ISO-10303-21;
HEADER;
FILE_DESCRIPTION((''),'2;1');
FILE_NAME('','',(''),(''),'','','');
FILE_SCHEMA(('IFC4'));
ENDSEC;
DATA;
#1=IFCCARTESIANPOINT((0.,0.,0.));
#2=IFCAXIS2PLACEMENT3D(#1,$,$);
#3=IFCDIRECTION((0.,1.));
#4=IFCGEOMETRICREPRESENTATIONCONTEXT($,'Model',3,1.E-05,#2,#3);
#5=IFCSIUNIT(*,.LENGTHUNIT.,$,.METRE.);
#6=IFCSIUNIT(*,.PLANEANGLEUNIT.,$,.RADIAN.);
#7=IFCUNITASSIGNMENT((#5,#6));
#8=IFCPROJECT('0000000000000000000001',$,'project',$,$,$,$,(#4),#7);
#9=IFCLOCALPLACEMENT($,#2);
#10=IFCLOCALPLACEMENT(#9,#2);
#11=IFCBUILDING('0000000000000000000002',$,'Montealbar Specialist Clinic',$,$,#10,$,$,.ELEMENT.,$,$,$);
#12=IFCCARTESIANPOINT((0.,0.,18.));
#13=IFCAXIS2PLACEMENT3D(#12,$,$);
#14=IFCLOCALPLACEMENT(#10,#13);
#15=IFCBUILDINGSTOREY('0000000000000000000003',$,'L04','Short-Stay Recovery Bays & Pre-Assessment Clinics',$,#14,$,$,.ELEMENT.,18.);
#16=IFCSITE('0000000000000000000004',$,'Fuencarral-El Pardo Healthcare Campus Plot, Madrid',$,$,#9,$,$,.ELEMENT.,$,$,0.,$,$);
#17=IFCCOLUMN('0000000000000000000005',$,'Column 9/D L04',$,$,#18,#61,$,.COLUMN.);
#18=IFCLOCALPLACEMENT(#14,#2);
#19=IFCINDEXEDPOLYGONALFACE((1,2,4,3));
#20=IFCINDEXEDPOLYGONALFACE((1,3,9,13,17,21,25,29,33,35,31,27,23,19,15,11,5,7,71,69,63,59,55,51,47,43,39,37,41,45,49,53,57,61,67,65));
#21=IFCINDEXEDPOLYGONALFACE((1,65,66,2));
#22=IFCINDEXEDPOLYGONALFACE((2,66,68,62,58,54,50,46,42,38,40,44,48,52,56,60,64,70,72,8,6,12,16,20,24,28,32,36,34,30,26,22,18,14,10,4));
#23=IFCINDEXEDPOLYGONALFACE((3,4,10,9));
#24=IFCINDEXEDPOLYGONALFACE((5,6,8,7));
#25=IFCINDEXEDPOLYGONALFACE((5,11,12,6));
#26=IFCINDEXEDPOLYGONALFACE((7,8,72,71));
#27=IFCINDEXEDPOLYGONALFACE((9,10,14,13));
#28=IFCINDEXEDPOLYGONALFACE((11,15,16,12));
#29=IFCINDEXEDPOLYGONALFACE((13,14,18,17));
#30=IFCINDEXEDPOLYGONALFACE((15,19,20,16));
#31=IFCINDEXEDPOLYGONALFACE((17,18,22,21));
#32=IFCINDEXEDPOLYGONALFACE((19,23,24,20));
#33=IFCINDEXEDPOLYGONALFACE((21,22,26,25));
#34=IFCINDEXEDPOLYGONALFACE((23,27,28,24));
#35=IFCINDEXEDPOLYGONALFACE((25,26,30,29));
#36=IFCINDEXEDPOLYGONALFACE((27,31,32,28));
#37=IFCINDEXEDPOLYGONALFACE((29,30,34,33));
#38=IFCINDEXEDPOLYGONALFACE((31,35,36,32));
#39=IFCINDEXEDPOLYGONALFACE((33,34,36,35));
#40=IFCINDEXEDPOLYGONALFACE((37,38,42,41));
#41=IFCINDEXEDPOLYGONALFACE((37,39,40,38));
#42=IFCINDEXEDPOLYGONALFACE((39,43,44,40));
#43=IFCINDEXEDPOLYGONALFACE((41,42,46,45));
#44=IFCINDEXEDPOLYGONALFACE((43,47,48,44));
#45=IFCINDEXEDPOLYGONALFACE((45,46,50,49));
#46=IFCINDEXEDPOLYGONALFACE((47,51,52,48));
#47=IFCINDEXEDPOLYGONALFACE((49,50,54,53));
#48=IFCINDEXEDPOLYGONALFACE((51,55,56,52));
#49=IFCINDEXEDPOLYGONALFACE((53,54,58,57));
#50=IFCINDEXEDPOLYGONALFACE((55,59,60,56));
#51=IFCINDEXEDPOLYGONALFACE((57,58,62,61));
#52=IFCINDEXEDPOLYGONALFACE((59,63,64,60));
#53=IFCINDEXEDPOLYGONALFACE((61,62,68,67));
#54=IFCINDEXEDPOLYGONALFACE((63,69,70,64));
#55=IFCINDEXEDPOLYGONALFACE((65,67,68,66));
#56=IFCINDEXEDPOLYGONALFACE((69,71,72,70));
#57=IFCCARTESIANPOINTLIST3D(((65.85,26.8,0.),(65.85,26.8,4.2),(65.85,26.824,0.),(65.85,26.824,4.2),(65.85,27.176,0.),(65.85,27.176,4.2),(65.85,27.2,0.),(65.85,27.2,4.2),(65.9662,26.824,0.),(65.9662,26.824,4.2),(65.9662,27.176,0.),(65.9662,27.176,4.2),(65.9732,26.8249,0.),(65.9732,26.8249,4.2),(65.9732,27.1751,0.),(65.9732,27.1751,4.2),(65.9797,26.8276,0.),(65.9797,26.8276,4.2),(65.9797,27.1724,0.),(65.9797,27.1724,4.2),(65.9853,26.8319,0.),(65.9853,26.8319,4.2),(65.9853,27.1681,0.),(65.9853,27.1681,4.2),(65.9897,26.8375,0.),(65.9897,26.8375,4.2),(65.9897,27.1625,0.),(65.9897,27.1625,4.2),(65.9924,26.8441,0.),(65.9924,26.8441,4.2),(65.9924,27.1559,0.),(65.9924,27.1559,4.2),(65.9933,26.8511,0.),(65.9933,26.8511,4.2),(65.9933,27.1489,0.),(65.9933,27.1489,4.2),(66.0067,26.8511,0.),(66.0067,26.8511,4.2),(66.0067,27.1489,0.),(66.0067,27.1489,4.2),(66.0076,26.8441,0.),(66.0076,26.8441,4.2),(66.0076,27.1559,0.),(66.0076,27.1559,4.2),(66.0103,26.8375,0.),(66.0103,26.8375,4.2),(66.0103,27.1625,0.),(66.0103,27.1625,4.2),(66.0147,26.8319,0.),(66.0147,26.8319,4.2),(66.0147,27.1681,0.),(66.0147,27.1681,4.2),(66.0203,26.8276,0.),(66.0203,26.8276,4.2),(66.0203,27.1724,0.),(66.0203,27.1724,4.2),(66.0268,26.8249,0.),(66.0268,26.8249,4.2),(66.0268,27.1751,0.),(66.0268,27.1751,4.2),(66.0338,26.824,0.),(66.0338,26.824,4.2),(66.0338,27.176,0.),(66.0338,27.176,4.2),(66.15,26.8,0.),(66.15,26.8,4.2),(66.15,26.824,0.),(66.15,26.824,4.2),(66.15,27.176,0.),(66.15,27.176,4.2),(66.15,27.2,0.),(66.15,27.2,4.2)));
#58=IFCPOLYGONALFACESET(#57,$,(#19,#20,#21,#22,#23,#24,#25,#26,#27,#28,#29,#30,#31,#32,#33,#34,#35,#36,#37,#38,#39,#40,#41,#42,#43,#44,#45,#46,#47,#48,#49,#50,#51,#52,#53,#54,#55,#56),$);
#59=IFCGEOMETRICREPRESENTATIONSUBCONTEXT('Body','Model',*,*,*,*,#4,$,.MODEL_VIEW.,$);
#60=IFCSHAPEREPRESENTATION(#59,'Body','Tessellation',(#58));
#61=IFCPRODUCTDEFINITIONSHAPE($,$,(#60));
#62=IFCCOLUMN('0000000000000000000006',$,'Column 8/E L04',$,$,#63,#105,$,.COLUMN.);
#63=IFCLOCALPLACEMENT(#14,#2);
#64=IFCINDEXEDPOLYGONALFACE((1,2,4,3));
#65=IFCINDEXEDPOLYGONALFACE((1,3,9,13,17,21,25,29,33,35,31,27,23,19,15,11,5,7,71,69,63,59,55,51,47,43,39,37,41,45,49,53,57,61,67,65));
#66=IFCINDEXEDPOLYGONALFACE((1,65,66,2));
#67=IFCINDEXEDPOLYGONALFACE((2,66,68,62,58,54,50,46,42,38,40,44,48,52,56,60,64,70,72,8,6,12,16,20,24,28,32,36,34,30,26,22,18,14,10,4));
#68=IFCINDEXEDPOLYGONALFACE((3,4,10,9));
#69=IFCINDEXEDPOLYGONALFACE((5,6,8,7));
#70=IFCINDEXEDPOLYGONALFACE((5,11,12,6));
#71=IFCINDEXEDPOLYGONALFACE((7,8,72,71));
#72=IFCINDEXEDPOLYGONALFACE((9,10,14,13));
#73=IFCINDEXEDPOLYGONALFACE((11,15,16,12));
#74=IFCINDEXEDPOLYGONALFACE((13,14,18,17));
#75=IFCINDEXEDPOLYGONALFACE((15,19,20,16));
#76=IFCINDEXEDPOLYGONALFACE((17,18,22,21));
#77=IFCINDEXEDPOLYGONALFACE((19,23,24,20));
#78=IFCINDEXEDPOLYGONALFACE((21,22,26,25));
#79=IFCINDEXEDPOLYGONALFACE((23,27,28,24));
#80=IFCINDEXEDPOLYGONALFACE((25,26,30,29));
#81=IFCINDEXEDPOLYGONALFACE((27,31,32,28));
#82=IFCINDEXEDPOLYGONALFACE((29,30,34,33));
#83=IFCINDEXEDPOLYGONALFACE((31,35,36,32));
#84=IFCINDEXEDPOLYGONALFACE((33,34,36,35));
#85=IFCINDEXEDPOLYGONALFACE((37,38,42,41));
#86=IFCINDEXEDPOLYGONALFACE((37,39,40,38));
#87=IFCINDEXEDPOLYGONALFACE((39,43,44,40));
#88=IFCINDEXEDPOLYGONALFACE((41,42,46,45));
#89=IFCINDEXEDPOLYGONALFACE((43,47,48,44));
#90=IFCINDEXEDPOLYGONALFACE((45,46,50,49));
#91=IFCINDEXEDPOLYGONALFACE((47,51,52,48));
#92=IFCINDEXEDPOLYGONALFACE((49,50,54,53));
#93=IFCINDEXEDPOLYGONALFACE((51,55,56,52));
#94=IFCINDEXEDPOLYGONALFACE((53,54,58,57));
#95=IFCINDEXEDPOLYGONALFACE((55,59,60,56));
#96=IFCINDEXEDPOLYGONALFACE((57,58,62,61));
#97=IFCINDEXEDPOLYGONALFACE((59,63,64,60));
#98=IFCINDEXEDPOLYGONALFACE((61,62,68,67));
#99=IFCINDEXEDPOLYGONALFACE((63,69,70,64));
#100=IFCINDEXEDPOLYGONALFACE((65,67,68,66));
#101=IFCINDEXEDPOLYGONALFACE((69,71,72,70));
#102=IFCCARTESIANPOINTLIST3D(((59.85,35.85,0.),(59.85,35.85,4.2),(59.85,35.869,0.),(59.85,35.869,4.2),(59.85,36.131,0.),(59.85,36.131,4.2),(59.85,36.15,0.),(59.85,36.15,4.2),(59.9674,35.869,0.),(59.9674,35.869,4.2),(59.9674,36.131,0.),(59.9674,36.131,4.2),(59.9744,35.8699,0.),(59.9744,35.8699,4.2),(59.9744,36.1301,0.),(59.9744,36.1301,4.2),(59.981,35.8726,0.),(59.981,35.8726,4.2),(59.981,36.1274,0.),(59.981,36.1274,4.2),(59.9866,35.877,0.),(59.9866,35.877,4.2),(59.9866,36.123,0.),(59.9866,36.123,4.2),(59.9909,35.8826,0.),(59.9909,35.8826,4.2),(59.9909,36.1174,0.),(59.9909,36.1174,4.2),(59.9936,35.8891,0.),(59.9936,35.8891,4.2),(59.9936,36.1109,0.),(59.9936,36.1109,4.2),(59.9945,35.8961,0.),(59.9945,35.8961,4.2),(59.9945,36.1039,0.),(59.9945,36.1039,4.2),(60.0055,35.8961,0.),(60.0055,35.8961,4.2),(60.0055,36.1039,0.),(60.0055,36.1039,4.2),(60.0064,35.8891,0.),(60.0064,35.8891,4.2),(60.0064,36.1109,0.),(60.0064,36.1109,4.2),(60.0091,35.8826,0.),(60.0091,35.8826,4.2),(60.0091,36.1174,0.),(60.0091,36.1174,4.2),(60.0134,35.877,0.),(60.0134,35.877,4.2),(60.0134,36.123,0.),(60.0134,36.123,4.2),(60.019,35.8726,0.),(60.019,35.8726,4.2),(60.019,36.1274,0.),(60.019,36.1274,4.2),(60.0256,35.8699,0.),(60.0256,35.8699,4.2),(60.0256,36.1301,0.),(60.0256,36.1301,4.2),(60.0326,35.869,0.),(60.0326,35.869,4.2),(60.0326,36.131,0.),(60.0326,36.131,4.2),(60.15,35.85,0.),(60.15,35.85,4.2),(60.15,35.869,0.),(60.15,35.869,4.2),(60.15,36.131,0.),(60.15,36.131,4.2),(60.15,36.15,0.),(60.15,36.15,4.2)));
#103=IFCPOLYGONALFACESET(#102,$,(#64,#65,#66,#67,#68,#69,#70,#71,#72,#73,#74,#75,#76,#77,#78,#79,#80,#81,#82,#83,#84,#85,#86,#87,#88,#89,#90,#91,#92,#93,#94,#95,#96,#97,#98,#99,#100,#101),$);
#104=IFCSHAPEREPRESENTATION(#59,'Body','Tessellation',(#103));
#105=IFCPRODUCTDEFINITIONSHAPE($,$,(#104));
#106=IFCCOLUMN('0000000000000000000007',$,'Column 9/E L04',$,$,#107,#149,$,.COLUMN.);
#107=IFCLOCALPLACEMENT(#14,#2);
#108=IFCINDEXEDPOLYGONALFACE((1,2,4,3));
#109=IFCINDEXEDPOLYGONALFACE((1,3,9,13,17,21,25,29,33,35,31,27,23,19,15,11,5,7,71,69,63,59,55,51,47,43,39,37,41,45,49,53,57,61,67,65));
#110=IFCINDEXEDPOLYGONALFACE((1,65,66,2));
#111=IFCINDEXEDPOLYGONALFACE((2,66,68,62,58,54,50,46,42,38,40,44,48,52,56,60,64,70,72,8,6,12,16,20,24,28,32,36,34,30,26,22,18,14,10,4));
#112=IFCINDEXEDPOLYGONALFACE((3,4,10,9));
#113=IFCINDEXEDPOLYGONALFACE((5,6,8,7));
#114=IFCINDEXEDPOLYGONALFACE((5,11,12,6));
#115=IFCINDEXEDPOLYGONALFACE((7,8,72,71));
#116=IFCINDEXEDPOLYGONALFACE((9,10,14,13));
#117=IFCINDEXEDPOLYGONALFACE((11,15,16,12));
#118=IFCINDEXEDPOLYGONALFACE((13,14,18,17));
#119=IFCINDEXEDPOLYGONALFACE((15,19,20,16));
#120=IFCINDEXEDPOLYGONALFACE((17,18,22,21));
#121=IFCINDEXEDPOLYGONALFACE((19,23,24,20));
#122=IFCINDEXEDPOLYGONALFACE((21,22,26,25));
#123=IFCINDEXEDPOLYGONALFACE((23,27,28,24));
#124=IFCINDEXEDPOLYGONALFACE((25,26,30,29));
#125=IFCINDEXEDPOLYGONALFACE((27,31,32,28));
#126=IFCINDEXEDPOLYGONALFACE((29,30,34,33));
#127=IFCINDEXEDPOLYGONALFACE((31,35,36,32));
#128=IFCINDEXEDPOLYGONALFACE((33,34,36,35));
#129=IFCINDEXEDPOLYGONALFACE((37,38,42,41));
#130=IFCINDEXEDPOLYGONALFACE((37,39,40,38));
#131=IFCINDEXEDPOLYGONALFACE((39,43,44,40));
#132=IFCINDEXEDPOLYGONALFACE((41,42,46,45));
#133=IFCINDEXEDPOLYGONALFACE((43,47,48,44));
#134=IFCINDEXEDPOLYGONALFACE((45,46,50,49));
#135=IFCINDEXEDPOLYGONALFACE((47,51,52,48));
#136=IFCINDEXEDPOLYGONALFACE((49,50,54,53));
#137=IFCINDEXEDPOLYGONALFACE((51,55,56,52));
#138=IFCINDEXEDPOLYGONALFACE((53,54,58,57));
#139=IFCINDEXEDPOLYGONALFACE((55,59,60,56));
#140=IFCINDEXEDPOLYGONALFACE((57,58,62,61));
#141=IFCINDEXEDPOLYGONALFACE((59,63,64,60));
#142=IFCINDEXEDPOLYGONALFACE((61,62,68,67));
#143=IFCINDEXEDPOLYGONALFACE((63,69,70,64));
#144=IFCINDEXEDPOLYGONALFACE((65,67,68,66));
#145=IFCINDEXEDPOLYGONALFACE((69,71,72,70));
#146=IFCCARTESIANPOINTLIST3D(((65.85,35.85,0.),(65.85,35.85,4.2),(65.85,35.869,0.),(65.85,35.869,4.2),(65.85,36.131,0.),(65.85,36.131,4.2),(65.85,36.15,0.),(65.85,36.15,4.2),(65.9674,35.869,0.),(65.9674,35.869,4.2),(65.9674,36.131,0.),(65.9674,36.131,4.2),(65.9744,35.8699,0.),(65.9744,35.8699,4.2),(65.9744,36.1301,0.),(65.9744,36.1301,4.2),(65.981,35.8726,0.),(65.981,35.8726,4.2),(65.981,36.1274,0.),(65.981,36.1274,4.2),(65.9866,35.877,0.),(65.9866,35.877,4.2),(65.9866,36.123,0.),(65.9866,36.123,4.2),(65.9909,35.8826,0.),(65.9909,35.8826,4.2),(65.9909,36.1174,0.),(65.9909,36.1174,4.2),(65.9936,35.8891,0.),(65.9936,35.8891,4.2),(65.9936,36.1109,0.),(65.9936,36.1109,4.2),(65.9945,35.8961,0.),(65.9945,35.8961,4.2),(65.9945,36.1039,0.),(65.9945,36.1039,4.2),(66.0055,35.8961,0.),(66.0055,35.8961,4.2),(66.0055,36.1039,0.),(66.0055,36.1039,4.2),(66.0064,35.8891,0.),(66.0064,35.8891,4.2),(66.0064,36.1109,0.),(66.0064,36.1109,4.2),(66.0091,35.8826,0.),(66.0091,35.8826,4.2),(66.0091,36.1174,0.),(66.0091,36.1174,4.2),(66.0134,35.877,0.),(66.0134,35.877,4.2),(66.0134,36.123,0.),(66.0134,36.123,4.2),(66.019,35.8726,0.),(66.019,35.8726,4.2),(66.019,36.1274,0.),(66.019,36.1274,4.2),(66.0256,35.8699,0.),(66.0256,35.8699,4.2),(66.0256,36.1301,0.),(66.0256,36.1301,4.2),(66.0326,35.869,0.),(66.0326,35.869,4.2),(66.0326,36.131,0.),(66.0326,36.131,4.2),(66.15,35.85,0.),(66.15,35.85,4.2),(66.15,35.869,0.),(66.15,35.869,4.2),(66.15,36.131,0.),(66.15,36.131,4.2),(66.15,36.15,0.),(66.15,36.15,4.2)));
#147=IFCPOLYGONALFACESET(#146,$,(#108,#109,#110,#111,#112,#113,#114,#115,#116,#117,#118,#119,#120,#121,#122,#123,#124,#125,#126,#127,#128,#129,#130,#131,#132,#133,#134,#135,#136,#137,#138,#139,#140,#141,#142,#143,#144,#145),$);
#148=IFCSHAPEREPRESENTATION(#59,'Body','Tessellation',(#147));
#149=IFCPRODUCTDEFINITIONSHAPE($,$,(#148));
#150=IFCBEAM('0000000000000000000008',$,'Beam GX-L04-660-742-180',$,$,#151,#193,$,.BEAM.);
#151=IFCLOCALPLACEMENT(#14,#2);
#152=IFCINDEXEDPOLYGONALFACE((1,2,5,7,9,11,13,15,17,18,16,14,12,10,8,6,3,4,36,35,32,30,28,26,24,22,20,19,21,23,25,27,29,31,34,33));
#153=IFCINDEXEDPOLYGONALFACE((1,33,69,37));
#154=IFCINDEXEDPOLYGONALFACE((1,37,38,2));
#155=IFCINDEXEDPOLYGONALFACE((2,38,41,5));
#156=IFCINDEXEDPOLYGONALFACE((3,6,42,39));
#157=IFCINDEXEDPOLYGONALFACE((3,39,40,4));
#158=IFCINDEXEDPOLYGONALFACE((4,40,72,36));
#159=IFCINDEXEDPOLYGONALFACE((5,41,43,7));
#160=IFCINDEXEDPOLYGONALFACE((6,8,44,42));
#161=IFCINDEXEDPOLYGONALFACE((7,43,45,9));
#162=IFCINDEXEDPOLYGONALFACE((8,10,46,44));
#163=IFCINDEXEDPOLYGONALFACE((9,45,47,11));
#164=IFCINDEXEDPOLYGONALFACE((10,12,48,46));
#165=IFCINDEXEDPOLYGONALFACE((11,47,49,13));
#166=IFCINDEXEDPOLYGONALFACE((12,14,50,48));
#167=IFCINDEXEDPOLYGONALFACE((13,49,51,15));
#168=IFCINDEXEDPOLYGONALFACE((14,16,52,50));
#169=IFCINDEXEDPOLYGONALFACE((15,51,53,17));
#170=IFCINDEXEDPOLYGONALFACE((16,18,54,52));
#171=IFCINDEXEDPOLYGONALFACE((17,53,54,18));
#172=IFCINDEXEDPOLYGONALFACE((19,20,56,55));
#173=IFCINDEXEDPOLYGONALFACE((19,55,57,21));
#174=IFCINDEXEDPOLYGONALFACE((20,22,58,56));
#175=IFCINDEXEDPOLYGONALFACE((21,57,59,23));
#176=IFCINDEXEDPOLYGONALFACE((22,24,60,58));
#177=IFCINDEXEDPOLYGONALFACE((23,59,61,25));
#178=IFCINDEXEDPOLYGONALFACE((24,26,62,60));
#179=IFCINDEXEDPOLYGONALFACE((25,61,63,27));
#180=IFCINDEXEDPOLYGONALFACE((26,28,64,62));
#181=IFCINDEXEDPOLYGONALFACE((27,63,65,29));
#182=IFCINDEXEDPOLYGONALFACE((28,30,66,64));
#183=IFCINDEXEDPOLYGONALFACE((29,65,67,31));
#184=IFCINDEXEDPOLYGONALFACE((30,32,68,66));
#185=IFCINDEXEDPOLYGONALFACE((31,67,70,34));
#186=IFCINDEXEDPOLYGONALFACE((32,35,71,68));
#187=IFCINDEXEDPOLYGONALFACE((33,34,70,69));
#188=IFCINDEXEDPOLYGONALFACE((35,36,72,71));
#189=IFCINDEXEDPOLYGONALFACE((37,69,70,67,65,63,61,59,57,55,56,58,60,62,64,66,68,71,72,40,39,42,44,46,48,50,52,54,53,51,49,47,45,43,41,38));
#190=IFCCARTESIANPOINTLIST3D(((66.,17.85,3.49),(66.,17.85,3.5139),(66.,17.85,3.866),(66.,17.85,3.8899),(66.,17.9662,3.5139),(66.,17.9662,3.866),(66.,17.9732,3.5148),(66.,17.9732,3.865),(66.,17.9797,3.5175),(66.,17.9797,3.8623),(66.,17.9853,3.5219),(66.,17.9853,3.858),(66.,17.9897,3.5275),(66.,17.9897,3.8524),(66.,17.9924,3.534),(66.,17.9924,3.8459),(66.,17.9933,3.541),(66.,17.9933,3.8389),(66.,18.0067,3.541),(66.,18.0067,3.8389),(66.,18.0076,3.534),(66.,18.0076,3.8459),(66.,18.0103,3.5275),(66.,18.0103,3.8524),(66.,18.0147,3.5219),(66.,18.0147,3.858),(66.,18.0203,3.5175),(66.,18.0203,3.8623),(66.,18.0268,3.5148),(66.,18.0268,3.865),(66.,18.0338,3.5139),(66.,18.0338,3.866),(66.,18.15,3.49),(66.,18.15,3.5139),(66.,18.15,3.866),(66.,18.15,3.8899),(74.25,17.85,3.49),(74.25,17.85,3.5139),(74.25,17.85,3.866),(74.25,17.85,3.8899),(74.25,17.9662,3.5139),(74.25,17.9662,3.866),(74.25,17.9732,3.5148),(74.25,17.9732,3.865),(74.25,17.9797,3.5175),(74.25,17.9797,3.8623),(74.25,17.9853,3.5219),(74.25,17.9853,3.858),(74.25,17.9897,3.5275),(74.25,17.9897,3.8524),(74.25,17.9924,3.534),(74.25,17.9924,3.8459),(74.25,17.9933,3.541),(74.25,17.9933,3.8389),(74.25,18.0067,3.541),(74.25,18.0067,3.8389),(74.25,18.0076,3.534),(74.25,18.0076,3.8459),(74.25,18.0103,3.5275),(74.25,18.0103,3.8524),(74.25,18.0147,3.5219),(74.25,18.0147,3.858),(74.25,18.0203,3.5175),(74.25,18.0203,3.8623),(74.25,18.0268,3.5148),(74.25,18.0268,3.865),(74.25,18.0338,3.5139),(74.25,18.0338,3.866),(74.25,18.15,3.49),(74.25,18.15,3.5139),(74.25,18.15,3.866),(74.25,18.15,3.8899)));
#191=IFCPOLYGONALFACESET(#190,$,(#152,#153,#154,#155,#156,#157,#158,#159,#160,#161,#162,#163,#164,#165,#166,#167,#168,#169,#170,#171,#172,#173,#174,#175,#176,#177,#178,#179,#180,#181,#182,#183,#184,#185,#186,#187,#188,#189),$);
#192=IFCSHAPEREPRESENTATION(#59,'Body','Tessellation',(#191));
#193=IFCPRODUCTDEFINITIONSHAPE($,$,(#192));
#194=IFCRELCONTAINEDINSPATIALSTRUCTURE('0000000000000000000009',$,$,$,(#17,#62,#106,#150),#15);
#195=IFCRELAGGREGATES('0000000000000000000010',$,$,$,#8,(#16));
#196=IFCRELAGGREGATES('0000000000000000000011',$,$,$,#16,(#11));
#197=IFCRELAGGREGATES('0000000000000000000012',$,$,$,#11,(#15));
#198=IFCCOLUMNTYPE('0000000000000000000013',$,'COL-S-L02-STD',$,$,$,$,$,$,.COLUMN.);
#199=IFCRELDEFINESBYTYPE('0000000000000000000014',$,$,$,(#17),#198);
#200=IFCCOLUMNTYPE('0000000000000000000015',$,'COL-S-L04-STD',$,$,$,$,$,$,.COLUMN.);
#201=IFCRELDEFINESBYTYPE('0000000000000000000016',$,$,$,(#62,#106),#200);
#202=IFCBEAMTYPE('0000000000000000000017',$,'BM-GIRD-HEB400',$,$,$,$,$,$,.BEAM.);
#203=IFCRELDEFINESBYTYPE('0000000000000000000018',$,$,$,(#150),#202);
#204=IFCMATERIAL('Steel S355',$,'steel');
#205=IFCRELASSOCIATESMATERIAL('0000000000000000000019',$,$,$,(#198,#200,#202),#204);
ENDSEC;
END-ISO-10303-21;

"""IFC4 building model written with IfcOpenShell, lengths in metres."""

from ifc_helpers import new_model, si_unit, direction, frame, origin, origin_2d, place, context, subcontext, project, spatial, i_section, extrude, material, material_profile, profile_set, type_object, element, save


model = new_model("IFC4")

# Units and contexts
model_context = context("Model", 3, precision=1e-05, world=origin(), true_north=direction((0.0, 1.0)))
body_context = subcontext(model_context, "Body", "Model", "MODEL_VIEW")
ifc_project = project(units=[si_unit("LENGTHUNIT", "METRE"), si_unit("PLANEANGLEUNIT", "RADIAN")], contexts=[model_context])

# Site, building, storey
site_placement = place(None, origin())
site = spatial("IfcSite", under=ifc_project, at=site_placement, Name="Fuencarral-El Pardo Healthcare Campus Plot, Madrid", CompositionType="ELEMENT", RefElevation=0.0)
building_placement = place(site_placement, origin())
building = spatial("IfcBuilding", under=site, at=building_placement, Name="Montealbar Specialist Clinic", CompositionType="ELEMENT")
storey_placement = place(building_placement, frame((0.0, 0.0, 18.0)))
storey = spatial("IfcBuildingStorey", under=building, at=storey_placement, Name="L04", Description="Short-Stay Recovery Bays & Pre-Assessment Clinics", CompositionType="ELEMENT", Elevation=18.0)

# Columns
ifc_material_1 = material(Name="Steel S355", Category="steel")
ifc_material_profile_1 = material_profile(ifc_material_1, i_section(OverallWidth=0.3, OverallDepth=0.3999, WebThickness=0.0134, FlangeThickness=0.0239, FilletRadius=0.0271, at=origin_2d()), Name="HEB 400", Category="steel")
ifc_profile_set_1 = profile_set([ifc_material_profile_1], Name="Steel S355")
column_type_1 = type_object("IfcColumnType", Name="COL-S-L02-STD", PredefinedType="COLUMN", material=ifc_profile_set_1)
column_placement = place(storey_placement, frame((66.0, 27.0, 0.0), z_axis=(0.0, 0.0, 1.0), x_axis=(1.0, 0.0, 0.0)))
element("IfcColumn", 1, at=column_placement, inside=storey, type_object=column_type_1, Name="Column 9/D L04", PredefinedType="COLUMN", context=body_context, shape_type="SweptSolid", body=[
    extrude(i_section(OverallWidth=0.3, OverallDepth=0.3999, WebThickness=0.0134, FlangeThickness=0.0239, FilletRadius=0.0271, at=origin_2d()), origin(), (0.0, 0.0, 1.0), 4.2),
])
ifc_material_profile_2 = material_profile(ifc_material_1, i_section(OverallWidth=0.3, OverallDepth=0.3, WebThickness=0.011, FlangeThickness=0.019, FilletRadius=0.0271, at=origin_2d()), Name="HEB 300", Category="steel")
ifc_profile_set_2 = profile_set([ifc_material_profile_2], Name="Steel S355")
column_type_2 = type_object("IfcColumnType", Name="COL-S-L04-STD", PredefinedType="COLUMN", material=ifc_profile_set_2)
for number, where, z_axis, x_axis, name in (
    (2, (60.0, 36.0, 0.0), (0.0, 0.0, 1.0), (1.0, 0.0, 0.0), "Column 8/E L04"),
    (3, (66.0, 36.0, 0.0), (0.0, 0.0, 1.0), (1.0, 0.0, 0.0), "Column 9/E L04"),
):
    element("IfcColumn", number, at=place(storey_placement, frame(where, z_axis=z_axis, x_axis=x_axis)), inside=storey, type_object=column_type_2, Name=name, PredefinedType="COLUMN", context=body_context, shape_type="SweptSolid", body=[
        extrude(i_section(OverallWidth=0.3, OverallDepth=0.3, WebThickness=0.011, FlangeThickness=0.019, FilletRadius=0.0271, at=origin_2d()), origin(), (0.0, 0.0, 1.0), 4.2),
    ])

# Beam
ifc_material_profile_3 = material_profile(ifc_material_1, i_section(OverallWidth=0.3, OverallDepth=0.3999, WebThickness=0.0134, FlangeThickness=0.0239, FilletRadius=0.0271, at=origin_2d()), Name="HEB 400", Category="steel")
ifc_profile_set_3 = profile_set([ifc_material_profile_3], Name="Steel S355")
beam_type = type_object("IfcBeamType", Name="BM-GIRD-HEB400", PredefinedType="BEAM", material=ifc_profile_set_3)
for number, where, z_axis, x_axis, name in (
    (4, (66.0, 18.0, 3.6899), (1.0, 0.0, 0.0), (0.0, 1.0, 0.0), "Beam GX-L04-660-742-180"),
):
    element("IfcBeam", number, at=place(storey_placement, frame(where, z_axis=z_axis, x_axis=x_axis)), inside=storey, type_object=beam_type, Name=name, PredefinedType="BEAM", context=body_context, shape_type="SweptSolid", body=[
        extrude(i_section(OverallWidth=0.3, OverallDepth=0.3999, WebThickness=0.0134, FlangeThickness=0.0239, FilletRadius=0.0271, at=origin_2d()), origin(), (0.0, 0.0, 1.0), 8.25),
    ])

save(model, "model.ifc")
